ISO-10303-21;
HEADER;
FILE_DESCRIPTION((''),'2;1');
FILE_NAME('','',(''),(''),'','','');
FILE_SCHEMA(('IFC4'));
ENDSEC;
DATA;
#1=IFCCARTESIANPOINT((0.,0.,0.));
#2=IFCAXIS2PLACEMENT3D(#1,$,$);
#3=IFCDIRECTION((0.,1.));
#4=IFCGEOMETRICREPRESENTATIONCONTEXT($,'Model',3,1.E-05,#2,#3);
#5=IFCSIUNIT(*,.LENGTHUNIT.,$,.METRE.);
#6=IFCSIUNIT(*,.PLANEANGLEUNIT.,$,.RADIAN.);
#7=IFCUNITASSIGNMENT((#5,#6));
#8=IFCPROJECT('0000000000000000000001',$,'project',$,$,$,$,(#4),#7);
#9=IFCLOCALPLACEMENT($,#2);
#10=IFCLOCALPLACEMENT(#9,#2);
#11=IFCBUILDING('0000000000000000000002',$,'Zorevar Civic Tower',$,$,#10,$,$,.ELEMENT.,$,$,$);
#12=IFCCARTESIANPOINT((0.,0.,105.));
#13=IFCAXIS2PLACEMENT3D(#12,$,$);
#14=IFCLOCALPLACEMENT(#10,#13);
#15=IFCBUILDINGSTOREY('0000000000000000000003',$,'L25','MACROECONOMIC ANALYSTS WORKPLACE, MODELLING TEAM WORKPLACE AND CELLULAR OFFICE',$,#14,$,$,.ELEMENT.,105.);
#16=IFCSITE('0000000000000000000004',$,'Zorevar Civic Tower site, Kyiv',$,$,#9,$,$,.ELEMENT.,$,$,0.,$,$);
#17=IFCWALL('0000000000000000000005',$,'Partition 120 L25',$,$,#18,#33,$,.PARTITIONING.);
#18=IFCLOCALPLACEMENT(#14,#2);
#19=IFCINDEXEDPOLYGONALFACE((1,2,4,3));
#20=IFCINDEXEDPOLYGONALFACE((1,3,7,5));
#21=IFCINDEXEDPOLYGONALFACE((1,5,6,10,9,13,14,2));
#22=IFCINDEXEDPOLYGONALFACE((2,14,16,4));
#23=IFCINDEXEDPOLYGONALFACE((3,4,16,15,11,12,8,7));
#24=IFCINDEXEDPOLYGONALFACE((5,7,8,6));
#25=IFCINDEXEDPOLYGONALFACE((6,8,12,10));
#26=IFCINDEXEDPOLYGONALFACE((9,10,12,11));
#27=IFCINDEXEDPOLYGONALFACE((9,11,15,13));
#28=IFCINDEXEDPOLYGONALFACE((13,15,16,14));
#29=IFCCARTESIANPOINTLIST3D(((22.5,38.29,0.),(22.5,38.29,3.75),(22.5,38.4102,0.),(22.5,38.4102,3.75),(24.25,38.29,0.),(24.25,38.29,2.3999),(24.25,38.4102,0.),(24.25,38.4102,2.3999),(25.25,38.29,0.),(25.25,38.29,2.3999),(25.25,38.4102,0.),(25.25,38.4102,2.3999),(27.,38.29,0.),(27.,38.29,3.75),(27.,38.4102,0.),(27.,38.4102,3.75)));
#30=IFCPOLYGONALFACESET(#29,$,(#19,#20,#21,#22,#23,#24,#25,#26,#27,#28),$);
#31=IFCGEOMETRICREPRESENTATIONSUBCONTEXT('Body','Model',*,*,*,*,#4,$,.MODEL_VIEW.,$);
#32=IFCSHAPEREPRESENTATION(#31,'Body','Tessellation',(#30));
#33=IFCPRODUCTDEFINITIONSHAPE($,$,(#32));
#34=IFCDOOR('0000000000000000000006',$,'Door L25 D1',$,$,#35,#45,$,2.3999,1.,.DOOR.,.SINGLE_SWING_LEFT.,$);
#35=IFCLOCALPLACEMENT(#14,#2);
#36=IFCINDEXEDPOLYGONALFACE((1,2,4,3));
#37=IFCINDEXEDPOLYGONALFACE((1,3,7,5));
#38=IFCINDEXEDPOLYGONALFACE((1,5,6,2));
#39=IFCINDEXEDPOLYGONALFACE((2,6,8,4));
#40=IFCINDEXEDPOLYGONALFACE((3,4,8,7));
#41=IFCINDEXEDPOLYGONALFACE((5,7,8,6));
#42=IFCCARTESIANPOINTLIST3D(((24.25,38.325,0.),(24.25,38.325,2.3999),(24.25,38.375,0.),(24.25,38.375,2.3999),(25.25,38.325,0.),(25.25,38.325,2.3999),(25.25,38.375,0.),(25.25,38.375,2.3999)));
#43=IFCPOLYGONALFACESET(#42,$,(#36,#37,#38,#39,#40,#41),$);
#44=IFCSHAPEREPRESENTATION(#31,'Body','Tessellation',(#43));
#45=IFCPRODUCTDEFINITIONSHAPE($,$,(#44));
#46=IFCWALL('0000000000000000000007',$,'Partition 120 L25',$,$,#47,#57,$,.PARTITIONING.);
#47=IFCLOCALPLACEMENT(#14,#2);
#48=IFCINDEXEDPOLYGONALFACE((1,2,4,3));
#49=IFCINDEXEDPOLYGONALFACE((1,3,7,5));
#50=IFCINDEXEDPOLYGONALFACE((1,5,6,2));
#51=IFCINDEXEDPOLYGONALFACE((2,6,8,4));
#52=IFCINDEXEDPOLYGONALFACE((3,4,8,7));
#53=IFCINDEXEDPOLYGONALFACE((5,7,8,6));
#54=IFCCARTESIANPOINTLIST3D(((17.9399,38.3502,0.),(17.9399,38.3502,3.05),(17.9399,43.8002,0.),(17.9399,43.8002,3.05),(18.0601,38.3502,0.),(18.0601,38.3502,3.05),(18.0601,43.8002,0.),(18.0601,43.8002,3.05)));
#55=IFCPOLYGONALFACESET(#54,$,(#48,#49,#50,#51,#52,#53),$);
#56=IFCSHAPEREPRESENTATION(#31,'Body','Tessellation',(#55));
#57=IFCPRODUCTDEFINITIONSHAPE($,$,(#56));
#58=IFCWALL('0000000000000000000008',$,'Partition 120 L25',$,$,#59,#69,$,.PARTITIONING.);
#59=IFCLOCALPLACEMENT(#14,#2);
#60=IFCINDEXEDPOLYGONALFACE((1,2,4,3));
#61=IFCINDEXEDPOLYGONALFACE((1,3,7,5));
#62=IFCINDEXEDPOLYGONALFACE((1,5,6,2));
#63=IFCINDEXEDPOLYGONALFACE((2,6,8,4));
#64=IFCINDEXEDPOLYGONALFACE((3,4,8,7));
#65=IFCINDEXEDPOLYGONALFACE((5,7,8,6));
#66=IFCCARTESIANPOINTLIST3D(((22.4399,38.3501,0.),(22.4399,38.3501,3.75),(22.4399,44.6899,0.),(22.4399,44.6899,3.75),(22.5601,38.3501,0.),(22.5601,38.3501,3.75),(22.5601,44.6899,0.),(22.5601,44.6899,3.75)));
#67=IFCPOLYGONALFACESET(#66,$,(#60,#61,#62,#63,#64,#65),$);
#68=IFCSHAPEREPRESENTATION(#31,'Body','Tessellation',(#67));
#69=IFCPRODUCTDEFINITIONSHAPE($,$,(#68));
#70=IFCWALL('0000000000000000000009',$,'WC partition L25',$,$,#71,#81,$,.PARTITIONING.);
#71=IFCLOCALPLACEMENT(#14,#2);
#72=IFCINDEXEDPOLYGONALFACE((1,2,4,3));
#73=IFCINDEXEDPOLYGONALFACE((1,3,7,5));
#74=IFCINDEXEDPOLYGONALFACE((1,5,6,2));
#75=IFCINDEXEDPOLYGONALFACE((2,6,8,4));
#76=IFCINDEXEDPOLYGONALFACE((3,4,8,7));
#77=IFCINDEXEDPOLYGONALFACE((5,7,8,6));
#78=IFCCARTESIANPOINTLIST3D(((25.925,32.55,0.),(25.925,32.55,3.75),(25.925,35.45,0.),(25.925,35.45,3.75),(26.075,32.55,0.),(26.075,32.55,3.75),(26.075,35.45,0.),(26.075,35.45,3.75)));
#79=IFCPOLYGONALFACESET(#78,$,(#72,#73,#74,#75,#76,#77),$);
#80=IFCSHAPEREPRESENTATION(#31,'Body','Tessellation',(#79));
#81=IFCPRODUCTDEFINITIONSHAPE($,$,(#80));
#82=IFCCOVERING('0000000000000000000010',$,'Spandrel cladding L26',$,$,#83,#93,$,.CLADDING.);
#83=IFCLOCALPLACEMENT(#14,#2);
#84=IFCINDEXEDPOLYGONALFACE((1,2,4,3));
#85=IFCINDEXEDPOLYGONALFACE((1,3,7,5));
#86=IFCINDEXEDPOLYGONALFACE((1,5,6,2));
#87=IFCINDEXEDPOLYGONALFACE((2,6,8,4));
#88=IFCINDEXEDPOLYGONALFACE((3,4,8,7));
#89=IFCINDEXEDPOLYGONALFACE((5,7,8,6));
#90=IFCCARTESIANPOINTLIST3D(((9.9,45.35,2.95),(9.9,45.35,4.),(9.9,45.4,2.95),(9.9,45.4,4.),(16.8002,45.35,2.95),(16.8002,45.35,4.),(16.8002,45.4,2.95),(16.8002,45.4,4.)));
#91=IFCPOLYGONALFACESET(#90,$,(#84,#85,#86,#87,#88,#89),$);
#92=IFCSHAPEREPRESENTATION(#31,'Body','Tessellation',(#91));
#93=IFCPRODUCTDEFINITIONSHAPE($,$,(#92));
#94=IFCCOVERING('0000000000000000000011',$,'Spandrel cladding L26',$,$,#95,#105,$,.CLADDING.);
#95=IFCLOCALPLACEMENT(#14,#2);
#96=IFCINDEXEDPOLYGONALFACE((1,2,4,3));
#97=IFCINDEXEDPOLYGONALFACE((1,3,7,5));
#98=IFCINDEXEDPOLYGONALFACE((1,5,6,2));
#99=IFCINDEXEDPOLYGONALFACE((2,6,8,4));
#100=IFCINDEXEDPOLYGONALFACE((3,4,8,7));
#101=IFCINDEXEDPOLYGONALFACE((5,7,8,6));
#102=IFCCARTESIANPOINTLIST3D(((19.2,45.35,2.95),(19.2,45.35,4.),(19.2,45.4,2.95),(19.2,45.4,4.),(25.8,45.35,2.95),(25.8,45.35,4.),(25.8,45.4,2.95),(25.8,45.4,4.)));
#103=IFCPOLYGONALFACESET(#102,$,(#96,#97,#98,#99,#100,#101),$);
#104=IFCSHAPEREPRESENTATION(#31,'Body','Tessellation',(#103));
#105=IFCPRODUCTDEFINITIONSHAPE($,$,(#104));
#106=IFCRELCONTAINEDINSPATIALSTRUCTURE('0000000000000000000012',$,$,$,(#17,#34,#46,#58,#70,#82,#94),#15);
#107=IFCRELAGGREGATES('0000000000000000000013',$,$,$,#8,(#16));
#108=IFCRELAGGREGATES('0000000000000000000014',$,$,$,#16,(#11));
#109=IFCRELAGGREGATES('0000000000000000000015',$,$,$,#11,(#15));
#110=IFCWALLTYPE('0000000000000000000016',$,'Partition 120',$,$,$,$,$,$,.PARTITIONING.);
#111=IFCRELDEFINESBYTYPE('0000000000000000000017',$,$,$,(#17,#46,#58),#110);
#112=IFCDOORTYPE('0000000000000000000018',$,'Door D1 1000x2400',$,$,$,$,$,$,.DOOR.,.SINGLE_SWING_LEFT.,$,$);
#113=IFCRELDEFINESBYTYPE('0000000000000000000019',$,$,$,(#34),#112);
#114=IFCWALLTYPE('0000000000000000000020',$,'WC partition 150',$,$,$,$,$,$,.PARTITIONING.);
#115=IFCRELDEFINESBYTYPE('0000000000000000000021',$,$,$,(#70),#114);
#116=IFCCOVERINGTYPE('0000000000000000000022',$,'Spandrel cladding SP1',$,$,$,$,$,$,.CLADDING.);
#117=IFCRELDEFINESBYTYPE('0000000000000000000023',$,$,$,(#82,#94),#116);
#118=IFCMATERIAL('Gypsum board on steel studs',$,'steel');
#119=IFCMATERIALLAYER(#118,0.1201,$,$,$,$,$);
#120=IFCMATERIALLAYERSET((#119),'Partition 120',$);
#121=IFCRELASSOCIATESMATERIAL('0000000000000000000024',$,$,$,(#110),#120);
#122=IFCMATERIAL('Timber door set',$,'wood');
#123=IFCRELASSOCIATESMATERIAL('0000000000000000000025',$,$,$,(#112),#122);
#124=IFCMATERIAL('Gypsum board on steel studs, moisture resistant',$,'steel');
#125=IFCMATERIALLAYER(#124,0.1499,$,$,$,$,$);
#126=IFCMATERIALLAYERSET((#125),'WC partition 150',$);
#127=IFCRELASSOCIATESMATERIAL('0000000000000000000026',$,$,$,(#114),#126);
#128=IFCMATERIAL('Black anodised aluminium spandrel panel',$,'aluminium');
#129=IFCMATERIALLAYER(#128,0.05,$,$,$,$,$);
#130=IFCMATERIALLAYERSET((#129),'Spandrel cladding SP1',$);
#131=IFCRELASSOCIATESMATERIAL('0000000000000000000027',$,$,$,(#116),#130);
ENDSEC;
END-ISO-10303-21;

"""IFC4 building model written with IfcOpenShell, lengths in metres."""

from ifc_helpers import new_model, si_unit, direction, frame, frame_2d, origin, place, context, subcontext, project, spatial, rectangle, extrude, material, layer, layer_set, type_object, element, fill, save


model = new_model("IFC4")

# Units and contexts
model_context = context("Model", 3, precision=1e-05, world=origin(), true_north=direction((0.0, 1.0)))
body_context = subcontext(model_context, "Body", "Model", "MODEL_VIEW")
ifc_project = project(units=[si_unit("LENGTHUNIT", "METRE"), si_unit("PLANEANGLEUNIT", "RADIAN")], contexts=[model_context])

# Site, building, storey
site_placement = place(None, origin())
site = spatial("IfcSite", under=ifc_project, at=site_placement, Name="Zorevar Civic Tower site, Kyiv", CompositionType="ELEMENT", RefElevation=0.0)
building_placement = place(site_placement, origin())
building = spatial("IfcBuilding", under=site, at=building_placement, Name="Zorevar Civic Tower", CompositionType="ELEMENT")
storey_placement = place(building_placement, frame((0.0, 0.0, 105.0)))
storey = spatial("IfcBuildingStorey", under=building, at=storey_placement, Name="L25", Description="MACROECONOMIC ANALYSTS WORKPLACE, MODELLING TEAM WORKPLACE AND CELLULAR OFFICE", CompositionType="ELEMENT", Elevation=105.0)

# Wall, opening, door
ifc_material_1 = material(Name="Gypsum board on steel studs", Category="steel")
ifc_layer_1 = layer(ifc_material_1, 0.1201)
ifc_layer_set_1 = layer_set([ifc_layer_1], Name="Partition 120")
wall_type_1 = type_object("IfcWallType", Name="Partition 120", PredefinedType="PARTITIONING", material=ifc_layer_set_1)
ifc_material_2 = material(Name="Timber door set", Category="wood")
door_type_1 = type_object("IfcDoorType", Name="Door D1 1000x2400", OperationType="SINGLE_SWING_LEFT", PredefinedType="DOOR", material=ifc_material_2)
wall_1_placement = place(storey_placement, frame((22.5, 38.3501, 0.0), z_axis=(0.0, 0.0, 1.0), x_axis=(1.0, 0.0, 0.0)))
wall_1 = element("IfcWall", 1, at=wall_1_placement, inside=storey, type_object=wall_type_1, Name="Partition 120 L25", PredefinedType="PARTITIONING", context=body_context, shape_type="SweptSolid", body=[
    extrude(rectangle(XDim=4.5, YDim=0.1201, at=frame_2d((2.25, 0.0))), origin(), (0.0, 0.0, 1.0), 3.75),
])
opening_1_placement = place(wall_1_placement, frame((1.75, 0.0, 0.0)))
opening_1 = element("IfcOpeningElement", 2, at=opening_1_placement, cuts=wall_1, PredefinedType="OPENING", context=body_context, shape_type="SweptSolid", body=[
    extrude(rectangle(XDim=1.0, YDim=2.3999, at=frame_2d((0.5, 1.2))), frame((0.0, 0.0701, 0.0), z_axis=(0.0, -1.0, 0.0), x_axis=(1.0, 0.0, 0.0)), (0.0, 0.0, 1.0), 0.1401),
])
door_1_placement = place(opening_1_placement, origin())
door_1 = element("IfcDoor", 3, at=door_1_placement, inside=storey, type_object=door_type_1, Name="Door L25 D1", OperationType="SINGLE_SWING_LEFT", OverallHeight=2.3999, OverallWidth=1.0, PredefinedType="DOOR", context=body_context, shape_type="SweptSolid", body=[
    extrude(rectangle(XDim=1.0, YDim=2.3999, at=frame_2d((0.5, 1.2))), frame((0.0, 0.0249, 0.0), z_axis=(0.0, -1.0, 0.0), x_axis=(1.0, 0.0, 0.0)), (0.0, 0.0, 1.0), 0.05),
])
fill(opening_1, door_1)

# Walls
wall_2_placement = place(storey_placement, frame((18.0, 38.3501, 0.0), z_axis=(0.0, 0.0, 1.0), x_axis=(0.0, 1.0, 0.0)))
element("IfcWall", 4, at=wall_2_placement, inside=storey, type_object=wall_type_1, Name="Partition 120 L25", PredefinedType="PARTITIONING", context=body_context, shape_type="SweptSolid", body=[
    extrude(rectangle(XDim=5.45, YDim=0.1201, at=frame_2d((2.7251, 0.0))), origin(), (0.0, 0.0, 1.0), 3.05),
])
wall_3_placement = place(storey_placement, frame((22.5, 38.3501, 0.0), z_axis=(0.0, 0.0, 1.0), x_axis=(0.0, 1.0, 0.0)))
element("IfcWall", 5, at=wall_3_placement, inside=storey, type_object=wall_type_1, Name="Partition 120 L25", PredefinedType="PARTITIONING", context=body_context, shape_type="SweptSolid", body=[
    extrude(rectangle(XDim=6.3398, YDim=0.1201, at=frame_2d((3.1699, 0.0))), origin(), (0.0, 0.0, 1.0), 3.75),
])
ifc_material_3 = material(Name="Gypsum board on steel studs, moisture resistant", Category="steel")
ifc_layer_2 = layer(ifc_material_3, 0.1499)
ifc_layer_set_2 = layer_set([ifc_layer_2], Name="WC partition 150")
wall_type_2 = type_object("IfcWallType", Name="WC partition 150", PredefinedType="PARTITIONING", material=ifc_layer_set_2)
wall_4_placement = place(storey_placement, frame((26.0, 32.55, 0.0), z_axis=(0.0, 0.0, 1.0), x_axis=(0.0, 1.0, 0.0)))
element("IfcWall", 6, at=wall_4_placement, inside=storey, type_object=wall_type_2, Name="WC partition L25", PredefinedType="PARTITIONING", context=body_context, shape_type="SweptSolid", body=[
    extrude(rectangle(XDim=2.8999, YDim=0.1499, at=frame_2d((1.45, 0.0))), origin(), (0.0, 0.0, 1.0), 3.75),
])

# Coverings
ifc_material_4 = material(Name="Black anodised aluminium spandrel panel", Category="aluminium")
ifc_layer_3 = layer(ifc_material_4, 0.05)
ifc_layer_set_3 = layer_set([ifc_layer_3], Name="Spandrel cladding SP1")
covering_type = type_object("IfcCoveringType", Name="Spandrel cladding SP1", PredefinedType="CLADDING", material=ifc_layer_set_3)
covering_1_placement = place(storey_placement, frame((9.8999, 45.375, 2.95), z_axis=(0.0, 0.0, 1.0), x_axis=(1.0, 0.0, 0.0)))
element("IfcCovering", 7, at=covering_1_placement, inside=storey, type_object=covering_type, Name="Spandrel cladding L26", PredefinedType="CLADDING", context=body_context, shape_type="SweptSolid", body=[
    extrude(rectangle(XDim=6.9001, YDim=0.05, at=frame_2d((3.4502, 0.0))), origin(), (0.0, 0.0, 1.0), 1.05),
])
covering_2_placement = place(storey_placement, frame((19.2, 45.375, 2.95), z_axis=(0.0, 0.0, 1.0), x_axis=(1.0, 0.0, 0.0)))
element("IfcCovering", 8, at=covering_2_placement, inside=storey, type_object=covering_type, Name="Spandrel cladding L26", PredefinedType="CLADDING", context=body_context, shape_type="SweptSolid", body=[
    extrude(rectangle(XDim=6.6001, YDim=0.05, at=frame_2d((3.3, 0.0))), origin(), (0.0, 0.0, 1.0), 1.05),
])

save(model, "model.ifc")
